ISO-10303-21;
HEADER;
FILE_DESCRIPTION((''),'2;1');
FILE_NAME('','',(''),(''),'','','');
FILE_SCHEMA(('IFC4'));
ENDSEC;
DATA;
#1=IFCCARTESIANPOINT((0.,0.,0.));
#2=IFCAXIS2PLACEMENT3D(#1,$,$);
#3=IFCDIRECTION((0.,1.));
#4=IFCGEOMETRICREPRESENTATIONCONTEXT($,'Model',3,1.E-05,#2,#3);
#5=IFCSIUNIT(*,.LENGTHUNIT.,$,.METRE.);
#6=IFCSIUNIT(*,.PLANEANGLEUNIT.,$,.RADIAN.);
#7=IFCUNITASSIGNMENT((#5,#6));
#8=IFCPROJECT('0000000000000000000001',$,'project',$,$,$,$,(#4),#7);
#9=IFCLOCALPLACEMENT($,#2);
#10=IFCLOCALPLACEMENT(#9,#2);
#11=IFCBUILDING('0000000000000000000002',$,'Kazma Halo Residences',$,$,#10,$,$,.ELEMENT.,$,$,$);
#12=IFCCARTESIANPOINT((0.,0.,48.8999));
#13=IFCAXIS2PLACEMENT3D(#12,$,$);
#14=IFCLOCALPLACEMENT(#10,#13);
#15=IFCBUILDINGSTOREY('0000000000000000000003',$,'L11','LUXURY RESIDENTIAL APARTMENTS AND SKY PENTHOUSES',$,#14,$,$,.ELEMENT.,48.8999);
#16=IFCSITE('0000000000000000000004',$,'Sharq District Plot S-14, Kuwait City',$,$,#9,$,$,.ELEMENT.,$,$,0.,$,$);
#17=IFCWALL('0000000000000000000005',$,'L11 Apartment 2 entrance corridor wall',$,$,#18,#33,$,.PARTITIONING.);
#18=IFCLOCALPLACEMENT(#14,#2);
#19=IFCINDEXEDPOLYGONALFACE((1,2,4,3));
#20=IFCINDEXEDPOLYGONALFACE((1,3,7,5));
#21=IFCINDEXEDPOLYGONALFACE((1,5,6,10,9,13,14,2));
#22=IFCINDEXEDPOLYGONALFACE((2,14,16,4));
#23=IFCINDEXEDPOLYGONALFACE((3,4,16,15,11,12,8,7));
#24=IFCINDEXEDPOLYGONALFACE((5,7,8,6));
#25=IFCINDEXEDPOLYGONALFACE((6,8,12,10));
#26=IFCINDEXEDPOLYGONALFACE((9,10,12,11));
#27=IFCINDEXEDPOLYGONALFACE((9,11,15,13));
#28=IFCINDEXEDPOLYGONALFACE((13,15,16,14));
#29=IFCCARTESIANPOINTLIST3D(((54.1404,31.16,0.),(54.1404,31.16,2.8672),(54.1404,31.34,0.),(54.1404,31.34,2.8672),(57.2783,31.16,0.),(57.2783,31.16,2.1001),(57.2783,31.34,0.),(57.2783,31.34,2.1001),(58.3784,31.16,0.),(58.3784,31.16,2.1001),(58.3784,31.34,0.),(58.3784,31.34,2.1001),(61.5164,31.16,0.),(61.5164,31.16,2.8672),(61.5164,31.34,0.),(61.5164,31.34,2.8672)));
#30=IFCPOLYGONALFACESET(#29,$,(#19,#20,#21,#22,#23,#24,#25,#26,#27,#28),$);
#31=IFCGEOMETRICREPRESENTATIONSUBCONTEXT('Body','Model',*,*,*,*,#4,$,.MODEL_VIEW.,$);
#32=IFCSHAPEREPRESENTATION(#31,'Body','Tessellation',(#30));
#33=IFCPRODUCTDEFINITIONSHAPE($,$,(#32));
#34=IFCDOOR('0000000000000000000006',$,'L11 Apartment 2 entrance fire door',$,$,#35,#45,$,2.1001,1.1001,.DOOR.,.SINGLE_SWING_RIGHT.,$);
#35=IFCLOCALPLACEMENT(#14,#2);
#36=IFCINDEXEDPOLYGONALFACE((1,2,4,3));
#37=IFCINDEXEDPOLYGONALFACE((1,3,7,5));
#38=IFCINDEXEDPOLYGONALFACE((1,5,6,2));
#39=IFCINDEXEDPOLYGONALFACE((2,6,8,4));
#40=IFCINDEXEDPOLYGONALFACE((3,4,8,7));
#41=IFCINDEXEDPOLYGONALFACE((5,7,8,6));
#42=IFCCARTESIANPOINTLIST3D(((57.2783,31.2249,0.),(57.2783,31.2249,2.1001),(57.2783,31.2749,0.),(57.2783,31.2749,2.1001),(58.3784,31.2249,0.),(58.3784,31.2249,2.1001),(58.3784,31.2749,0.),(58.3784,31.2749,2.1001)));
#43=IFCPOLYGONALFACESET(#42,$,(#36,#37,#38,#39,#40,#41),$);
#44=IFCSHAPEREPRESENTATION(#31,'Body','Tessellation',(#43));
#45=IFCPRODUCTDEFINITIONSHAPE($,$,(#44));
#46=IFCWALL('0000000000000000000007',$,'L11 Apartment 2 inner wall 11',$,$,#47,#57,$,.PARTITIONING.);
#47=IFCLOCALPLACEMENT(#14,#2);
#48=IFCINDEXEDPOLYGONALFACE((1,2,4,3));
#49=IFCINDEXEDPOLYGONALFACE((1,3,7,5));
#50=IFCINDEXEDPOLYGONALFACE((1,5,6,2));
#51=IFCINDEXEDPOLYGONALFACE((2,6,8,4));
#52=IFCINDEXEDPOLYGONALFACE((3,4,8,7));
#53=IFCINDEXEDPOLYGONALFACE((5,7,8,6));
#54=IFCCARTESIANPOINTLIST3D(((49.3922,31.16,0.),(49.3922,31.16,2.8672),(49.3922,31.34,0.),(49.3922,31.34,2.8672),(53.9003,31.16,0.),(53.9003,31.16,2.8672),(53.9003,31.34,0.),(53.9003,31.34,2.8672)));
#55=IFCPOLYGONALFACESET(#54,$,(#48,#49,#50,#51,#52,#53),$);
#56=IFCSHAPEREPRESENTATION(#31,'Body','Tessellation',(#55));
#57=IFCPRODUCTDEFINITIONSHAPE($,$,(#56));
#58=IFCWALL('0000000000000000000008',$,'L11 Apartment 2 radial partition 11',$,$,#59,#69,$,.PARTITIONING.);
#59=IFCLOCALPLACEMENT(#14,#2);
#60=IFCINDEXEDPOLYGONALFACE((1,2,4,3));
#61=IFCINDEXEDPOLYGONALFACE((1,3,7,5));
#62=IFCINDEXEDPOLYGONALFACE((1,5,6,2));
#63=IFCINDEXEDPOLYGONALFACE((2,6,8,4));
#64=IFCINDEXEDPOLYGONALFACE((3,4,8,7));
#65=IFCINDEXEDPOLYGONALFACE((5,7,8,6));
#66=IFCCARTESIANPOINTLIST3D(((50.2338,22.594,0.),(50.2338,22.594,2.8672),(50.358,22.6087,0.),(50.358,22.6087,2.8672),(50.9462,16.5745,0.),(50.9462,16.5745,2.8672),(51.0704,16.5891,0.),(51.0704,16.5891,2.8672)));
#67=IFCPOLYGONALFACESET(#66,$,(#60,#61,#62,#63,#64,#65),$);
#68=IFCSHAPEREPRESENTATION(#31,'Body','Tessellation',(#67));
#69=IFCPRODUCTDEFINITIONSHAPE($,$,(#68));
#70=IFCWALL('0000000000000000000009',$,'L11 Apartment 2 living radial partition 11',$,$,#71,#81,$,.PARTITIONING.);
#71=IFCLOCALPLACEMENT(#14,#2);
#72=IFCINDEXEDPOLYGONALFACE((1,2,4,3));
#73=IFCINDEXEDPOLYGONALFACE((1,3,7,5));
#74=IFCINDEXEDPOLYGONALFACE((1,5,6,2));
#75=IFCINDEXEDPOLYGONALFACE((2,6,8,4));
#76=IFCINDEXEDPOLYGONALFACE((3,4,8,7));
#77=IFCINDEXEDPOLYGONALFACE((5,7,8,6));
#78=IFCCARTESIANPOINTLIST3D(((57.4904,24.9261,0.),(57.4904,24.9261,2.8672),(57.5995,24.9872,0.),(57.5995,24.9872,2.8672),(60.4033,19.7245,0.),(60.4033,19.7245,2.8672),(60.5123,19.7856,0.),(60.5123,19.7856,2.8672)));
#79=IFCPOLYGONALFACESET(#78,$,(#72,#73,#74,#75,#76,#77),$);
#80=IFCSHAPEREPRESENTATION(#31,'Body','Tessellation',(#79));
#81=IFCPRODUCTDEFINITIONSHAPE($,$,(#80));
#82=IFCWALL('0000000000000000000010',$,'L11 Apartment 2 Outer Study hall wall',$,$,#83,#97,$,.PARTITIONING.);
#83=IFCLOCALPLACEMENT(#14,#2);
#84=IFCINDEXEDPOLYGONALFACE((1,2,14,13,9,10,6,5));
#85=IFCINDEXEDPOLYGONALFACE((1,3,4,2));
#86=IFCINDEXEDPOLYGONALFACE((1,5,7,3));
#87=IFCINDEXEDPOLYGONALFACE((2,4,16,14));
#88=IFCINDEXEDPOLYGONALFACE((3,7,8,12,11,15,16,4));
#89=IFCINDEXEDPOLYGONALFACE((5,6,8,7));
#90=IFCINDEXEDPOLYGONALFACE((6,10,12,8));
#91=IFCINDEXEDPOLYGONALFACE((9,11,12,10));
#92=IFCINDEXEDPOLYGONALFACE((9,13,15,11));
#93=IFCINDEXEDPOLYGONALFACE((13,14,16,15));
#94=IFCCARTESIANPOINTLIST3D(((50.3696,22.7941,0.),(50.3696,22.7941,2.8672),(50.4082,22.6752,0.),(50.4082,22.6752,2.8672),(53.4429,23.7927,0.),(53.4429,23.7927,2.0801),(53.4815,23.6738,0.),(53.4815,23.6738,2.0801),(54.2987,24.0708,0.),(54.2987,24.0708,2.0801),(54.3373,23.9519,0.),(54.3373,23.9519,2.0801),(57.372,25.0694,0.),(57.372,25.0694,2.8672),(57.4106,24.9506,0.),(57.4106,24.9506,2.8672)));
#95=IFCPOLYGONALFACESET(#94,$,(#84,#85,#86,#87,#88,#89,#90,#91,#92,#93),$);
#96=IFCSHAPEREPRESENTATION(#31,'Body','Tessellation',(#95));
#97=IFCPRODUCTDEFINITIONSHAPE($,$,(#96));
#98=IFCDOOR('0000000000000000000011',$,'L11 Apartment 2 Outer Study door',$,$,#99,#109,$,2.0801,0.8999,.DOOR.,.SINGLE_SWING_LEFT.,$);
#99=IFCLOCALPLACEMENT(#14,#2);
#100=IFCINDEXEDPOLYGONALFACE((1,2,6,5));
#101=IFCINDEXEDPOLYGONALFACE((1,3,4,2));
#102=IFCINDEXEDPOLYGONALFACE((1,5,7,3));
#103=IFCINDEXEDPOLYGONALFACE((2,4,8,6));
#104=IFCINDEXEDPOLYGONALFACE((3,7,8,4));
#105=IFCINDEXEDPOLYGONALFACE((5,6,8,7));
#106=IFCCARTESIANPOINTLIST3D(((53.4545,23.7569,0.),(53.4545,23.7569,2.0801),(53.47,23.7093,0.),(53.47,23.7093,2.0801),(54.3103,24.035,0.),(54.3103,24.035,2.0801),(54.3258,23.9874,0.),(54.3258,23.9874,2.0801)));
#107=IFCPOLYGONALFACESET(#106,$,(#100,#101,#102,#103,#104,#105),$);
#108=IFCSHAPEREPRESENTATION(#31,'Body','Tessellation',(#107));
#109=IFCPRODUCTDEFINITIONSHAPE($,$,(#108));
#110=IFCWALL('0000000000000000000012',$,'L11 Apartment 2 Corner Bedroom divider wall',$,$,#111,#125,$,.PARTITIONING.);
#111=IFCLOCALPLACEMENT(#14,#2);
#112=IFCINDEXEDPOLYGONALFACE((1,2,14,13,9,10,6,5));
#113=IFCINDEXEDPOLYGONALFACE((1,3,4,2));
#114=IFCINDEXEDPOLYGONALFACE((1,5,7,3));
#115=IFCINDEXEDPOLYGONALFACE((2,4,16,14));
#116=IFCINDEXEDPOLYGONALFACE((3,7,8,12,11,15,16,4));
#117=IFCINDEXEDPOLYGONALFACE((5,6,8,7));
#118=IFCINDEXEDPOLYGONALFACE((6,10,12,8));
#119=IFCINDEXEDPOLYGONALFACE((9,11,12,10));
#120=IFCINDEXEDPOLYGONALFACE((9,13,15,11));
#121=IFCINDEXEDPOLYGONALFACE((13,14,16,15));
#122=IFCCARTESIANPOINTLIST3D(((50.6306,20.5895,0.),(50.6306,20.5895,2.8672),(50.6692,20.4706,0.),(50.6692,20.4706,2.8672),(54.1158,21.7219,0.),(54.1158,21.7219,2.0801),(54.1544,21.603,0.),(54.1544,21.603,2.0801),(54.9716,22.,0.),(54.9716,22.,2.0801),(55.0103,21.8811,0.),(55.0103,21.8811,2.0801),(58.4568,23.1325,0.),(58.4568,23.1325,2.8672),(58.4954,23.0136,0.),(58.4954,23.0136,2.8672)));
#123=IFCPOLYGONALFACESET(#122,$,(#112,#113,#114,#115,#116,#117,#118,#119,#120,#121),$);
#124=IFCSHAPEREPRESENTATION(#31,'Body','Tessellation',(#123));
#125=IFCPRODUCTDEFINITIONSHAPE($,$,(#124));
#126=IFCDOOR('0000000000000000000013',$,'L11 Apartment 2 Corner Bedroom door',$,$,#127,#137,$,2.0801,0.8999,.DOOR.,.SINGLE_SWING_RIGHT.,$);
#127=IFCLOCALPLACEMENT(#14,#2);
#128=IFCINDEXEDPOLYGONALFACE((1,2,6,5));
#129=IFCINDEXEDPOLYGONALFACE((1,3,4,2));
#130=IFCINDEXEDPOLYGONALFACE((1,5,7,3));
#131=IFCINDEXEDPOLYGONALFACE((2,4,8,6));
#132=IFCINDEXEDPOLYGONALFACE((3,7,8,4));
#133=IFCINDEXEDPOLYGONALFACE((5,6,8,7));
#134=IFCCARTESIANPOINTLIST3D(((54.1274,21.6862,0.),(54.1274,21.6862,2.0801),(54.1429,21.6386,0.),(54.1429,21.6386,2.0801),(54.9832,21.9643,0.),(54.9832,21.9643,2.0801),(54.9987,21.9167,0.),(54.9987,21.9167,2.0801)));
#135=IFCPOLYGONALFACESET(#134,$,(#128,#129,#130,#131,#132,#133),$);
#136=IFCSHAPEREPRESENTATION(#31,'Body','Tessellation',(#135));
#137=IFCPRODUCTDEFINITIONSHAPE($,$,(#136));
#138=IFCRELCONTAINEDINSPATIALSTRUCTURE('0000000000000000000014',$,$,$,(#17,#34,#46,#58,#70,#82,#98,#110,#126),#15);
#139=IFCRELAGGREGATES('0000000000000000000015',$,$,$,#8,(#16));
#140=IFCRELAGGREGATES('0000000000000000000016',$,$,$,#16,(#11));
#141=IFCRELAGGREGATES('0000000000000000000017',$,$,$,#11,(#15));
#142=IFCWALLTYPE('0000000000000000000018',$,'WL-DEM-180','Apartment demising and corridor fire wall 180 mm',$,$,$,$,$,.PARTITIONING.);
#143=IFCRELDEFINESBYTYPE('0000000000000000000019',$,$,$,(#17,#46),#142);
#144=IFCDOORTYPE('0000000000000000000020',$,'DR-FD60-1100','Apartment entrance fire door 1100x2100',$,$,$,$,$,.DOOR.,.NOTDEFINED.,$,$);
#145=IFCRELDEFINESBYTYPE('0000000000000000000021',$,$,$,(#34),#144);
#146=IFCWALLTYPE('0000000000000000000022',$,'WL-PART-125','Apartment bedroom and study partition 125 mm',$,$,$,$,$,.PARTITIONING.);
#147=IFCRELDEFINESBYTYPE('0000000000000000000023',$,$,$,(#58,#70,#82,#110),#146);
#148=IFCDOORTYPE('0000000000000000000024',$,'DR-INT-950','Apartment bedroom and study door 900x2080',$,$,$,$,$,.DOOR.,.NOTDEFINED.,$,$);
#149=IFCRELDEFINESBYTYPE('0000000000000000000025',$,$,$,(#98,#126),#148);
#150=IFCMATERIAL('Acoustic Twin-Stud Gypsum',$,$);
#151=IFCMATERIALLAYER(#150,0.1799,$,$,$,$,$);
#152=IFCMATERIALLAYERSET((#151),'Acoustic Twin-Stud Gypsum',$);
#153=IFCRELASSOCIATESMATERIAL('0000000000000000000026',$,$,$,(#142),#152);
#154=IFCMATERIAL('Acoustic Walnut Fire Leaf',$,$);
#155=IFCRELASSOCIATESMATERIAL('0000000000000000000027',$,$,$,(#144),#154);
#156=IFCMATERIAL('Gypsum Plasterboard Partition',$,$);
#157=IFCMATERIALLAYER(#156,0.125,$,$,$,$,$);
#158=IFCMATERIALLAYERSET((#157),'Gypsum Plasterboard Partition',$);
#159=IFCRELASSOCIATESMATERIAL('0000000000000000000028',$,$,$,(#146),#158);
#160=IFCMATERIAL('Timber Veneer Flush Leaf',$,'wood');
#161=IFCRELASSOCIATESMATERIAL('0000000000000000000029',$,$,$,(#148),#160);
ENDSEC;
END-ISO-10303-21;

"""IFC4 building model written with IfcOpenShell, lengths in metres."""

from ifc_helpers import new_model, si_unit, direction, frame, frame_2d, origin, place, context, subcontext, project, spatial, rectangle, extrude, material, layer, layer_set, type_object, element, fill, save


model = new_model("IFC4")

# Units and contexts
model_context = context("Model", 3, precision=1e-05, world=origin(), true_north=direction((0.0, 1.0)))
body_context = subcontext(model_context, "Body", "Model", "MODEL_VIEW")
ifc_project = project(units=[si_unit("LENGTHUNIT", "METRE"), si_unit("PLANEANGLEUNIT", "RADIAN")], contexts=[model_context])

# Site, building, storey
site_placement = place(None, origin())
site = spatial("IfcSite", under=ifc_project, at=site_placement, Name="Sharq District Plot S-14, Kuwait City", CompositionType="ELEMENT", RefElevation=0.0)
building_placement = place(site_placement, origin())
building = spatial("IfcBuilding", under=site, at=building_placement, Name="Kazma Halo Residences", CompositionType="ELEMENT")
storey_placement = place(building_placement, frame((0.0, 0.0, 48.8999)))
storey = spatial("IfcBuildingStorey", under=building, at=storey_placement, Name="L11", Description="LUXURY RESIDENTIAL APARTMENTS AND SKY PENTHOUSES", CompositionType="ELEMENT", Elevation=48.8999)

# Wall, opening, door
ifc_material_1 = material(Name="Acoustic Twin-Stud Gypsum")
ifc_layer_1 = layer(ifc_material_1, 0.1799)
ifc_layer_set_1 = layer_set([ifc_layer_1], Name="Acoustic Twin-Stud Gypsum")
wall_type_1 = type_object("IfcWallType", Name="WL-DEM-180", Description="Apartment demising and corridor fire wall 180 mm", PredefinedType="PARTITIONING", material=ifc_layer_set_1)
wall_1_placement = place(storey_placement, frame((54.1404, 31.25, 0.0), z_axis=(0.0, 0.0, 1.0), x_axis=(1.0, 0.0, 0.0)))
wall_1 = element("IfcWall", 1, at=wall_1_placement, inside=storey, type_object=wall_type_1, Name="L11 Apartment 2 entrance corridor wall", PredefinedType="PARTITIONING", context=body_context, shape_type="SweptSolid", body=[
    extrude(rectangle(XDim=7.376, YDim=0.1799, at=frame_2d((3.688, 0.0))), origin(), (0.0, 0.0, 1.0), 2.8672),
])
opening_1_placement = place(wall_1_placement, frame((3.1379, 0.0, 0.0)))
opening_1 = element("IfcOpeningElement", 2, at=opening_1_placement, cuts=wall_1, PredefinedType="OPENING", context=body_context, shape_type="SweptSolid", body=[
    extrude(rectangle(XDim=1.1001, YDim=2.1001, at=frame_2d((0.55, 1.05))), frame((0.0, 0.0999, 0.0), z_axis=(0.0, -1.0, 0.0), x_axis=(1.0, 0.0, 0.0)), (0.0, 0.0, 1.0), 0.2),
])
ifc_material_2 = material(Name="Acoustic Walnut Fire Leaf")
door_type_1 = type_object("IfcDoorType", Name="DR-FD60-1100", Description="Apartment entrance fire door 1100x2100", OperationType="NOTDEFINED", PredefinedType="DOOR", material=ifc_material_2)
door_1_placement = place(opening_1_placement, origin())
door_1 = element("IfcDoor", 3, at=door_1_placement, inside=storey, type_object=door_type_1, Name="L11 Apartment 2 entrance fire door", OperationType="SINGLE_SWING_RIGHT", OverallHeight=2.1001, OverallWidth=1.1001, PredefinedType="DOOR", context=body_context, shape_type="SweptSolid", body=[
    extrude(rectangle(XDim=1.1001, YDim=2.1001, at=frame_2d((0.55, 1.05))), frame((0.0, 0.0249, 0.0), z_axis=(0.0, -1.0, 0.0), x_axis=(1.0, 0.0, 0.0)), (0.0, 0.0, 1.0), 0.05),
])
fill(opening_1, door_1)

# Wall
wall_2_placement = place(storey_placement, frame((49.3923, 31.25, 0.0), z_axis=(0.0, 0.0, 1.0), x_axis=(1.0, 0.0, 0.0)))
element("IfcWall", 4, at=wall_2_placement, inside=storey, type_object=wall_type_1, Name="L11 Apartment 2 inner wall 11", PredefinedType="PARTITIONING", context=body_context, shape_type="SweptSolid", body=[
    extrude(rectangle(XDim=4.5081, YDim=0.1799, at=frame_2d((2.2539, 0.0))), origin(), (0.0, 0.0, 1.0), 2.8672),
])

# Walls
ifc_material_3 = material(Name="Gypsum Plasterboard Partition")
ifc_layer_2 = layer(ifc_material_3, 0.125)
ifc_layer_set_2 = layer_set([ifc_layer_2], Name="Gypsum Plasterboard Partition")
wall_type_2 = type_object("IfcWallType", Name="WL-PART-125", Description="Apartment bedroom and study partition 125 mm", PredefinedType="PARTITIONING", material=ifc_layer_set_2)
wall_3_placement = place(storey_placement, frame((50.2959, 22.6013, 0.0), z_axis=(0.0, 0.0, 1.0), x_axis=(0.117528, -0.99307, 0.0)))
element("IfcWall", 5, at=wall_3_placement, inside=storey, type_object=wall_type_2, Name="L11 Apartment 2 radial partition 11", PredefinedType="PARTITIONING", context=body_context, shape_type="SweptSolid", body=[
    extrude(rectangle(XDim=6.0615, YDim=0.125, at=frame_2d((3.0308, 0.0))), origin(), (0.0, 0.0, 1.0), 2.8672),
])
wall_4_placement = place(storey_placement, frame((57.5449, 24.9568, 0.0), z_axis=(0.0, 0.0, 1.0), x_axis=(0.488592, -0.872512, 0.0)))
element("IfcWall", 6, at=wall_4_placement, inside=storey, type_object=wall_type_2, Name="L11 Apartment 2 living radial partition 11", PredefinedType="PARTITIONING", context=body_context, shape_type="SweptSolid", body=[
    extrude(rectangle(XDim=5.9617, YDim=0.125, at=frame_2d((2.981, 0.0))), origin(), (0.0, 0.0, 1.0), 2.8672),
])

# Walls, openings, doors
wall_5_placement = place(storey_placement, frame((50.3889, 22.7346, 0.0), z_axis=(0.0, 0.0, 1.0), x_axis=(0.95105, 0.309037, 0.0)))
wall_5 = element("IfcWall", 7, at=wall_5_placement, inside=storey, type_object=wall_type_2, Name="L11 Apartment 2 Outer Study hall wall", PredefinedType="PARTITIONING", context=body_context, shape_type="SweptSolid", body=[
    extrude(rectangle(XDim=7.3628, YDim=0.125, at=frame_2d((3.6814, 0.0))), origin(), (0.0, 0.0, 1.0), 2.8672),
])
opening_2_placement = place(wall_5_placement, frame((3.2314, 0.0, 0.0)))
opening_2 = element("IfcOpeningElement", 8, at=opening_2_placement, cuts=wall_5, PredefinedType="OPENING", context=body_context, shape_type="SweptSolid", body=[
    extrude(rectangle(XDim=0.8999, YDim=2.0801, at=frame_2d((0.45, 1.04))), frame((0.0, 0.0725, 0.0), z_axis=(0.0, -1.0, 0.0), x_axis=(1.0, 0.0, 0.0)), (0.0, 0.0, 1.0), 0.145),
])
ifc_material_4 = material(Name="Timber Veneer Flush Leaf", Category="wood")
door_type_2 = type_object("IfcDoorType", Name="DR-INT-950", Description="Apartment bedroom and study door 900x2080", OperationType="NOTDEFINED", PredefinedType="DOOR", material=ifc_material_4)
door_2_placement = place(opening_2_placement, origin())
door_2 = element("IfcDoor", 9, at=door_2_placement, inside=storey, type_object=door_type_2, Name="L11 Apartment 2 Outer Study door", OperationType="SINGLE_SWING_LEFT", OverallHeight=2.0801, OverallWidth=0.8999, PredefinedType="DOOR", context=body_context, shape_type="SweptSolid", body=[
    extrude(rectangle(XDim=0.8999, YDim=2.0801, at=frame_2d((0.45, 1.04))), frame((0.0, 0.0249, 0.0), z_axis=(0.0, -1.0, 0.0), x_axis=(1.0, 0.0, 0.0)), (0.0, 0.0, 1.0), 0.05),
])
fill(opening_2, door_2)
wall_6_placement = place(storey_placement, frame((50.6499, 20.53, 0.0), z_axis=(0.0, 0.0, 1.0), x_axis=(0.951053, 0.309027, 0.0)))
wall_6 = element("IfcWall", 10, at=wall_6_placement, inside=storey, type_object=wall_type_2, Name="L11 Apartment 2 Corner Bedroom divider wall", PredefinedType="PARTITIONING", context=body_context, shape_type="SweptSolid", body=[
    extrude(rectangle(XDim=8.229, YDim=0.125, at=frame_2d((4.1145, 0.0))), origin(), (0.0, 0.0, 1.0), 2.8672),
])
opening_3_placement = place(wall_6_placement, frame((3.6646, 0.0, 0.0)))
opening_3 = element("IfcOpeningElement", 11, at=opening_3_placement, cuts=wall_6, PredefinedType="OPENING", context=body_context, shape_type="SweptSolid", body=[
    extrude(rectangle(XDim=0.8999, YDim=2.0801, at=frame_2d((0.45, 1.04))), frame((0.0, 0.0725, 0.0), z_axis=(0.0, -1.0, 0.0), x_axis=(1.0, 0.0, 0.0)), (0.0, 0.0, 1.0), 0.145),
])
door_3_placement = place(opening_3_placement, origin())
door_3 = element("IfcDoor", 12, at=door_3_placement, inside=storey, type_object=door_type_2, Name="L11 Apartment 2 Corner Bedroom door", OperationType="SINGLE_SWING_RIGHT", OverallHeight=2.0801, OverallWidth=0.8999, PredefinedType="DOOR", context=body_context, shape_type="SweptSolid", body=[
    extrude(rectangle(XDim=0.8999, YDim=2.0801, at=frame_2d((0.45, 1.04))), frame((0.0, 0.0249, 0.0), z_axis=(0.0, -1.0, 0.0), x_axis=(1.0, 0.0, 0.0)), (0.0, 0.0, 1.0), 0.05),
])
fill(opening_3, door_3)

save(model, "model.ifc")
